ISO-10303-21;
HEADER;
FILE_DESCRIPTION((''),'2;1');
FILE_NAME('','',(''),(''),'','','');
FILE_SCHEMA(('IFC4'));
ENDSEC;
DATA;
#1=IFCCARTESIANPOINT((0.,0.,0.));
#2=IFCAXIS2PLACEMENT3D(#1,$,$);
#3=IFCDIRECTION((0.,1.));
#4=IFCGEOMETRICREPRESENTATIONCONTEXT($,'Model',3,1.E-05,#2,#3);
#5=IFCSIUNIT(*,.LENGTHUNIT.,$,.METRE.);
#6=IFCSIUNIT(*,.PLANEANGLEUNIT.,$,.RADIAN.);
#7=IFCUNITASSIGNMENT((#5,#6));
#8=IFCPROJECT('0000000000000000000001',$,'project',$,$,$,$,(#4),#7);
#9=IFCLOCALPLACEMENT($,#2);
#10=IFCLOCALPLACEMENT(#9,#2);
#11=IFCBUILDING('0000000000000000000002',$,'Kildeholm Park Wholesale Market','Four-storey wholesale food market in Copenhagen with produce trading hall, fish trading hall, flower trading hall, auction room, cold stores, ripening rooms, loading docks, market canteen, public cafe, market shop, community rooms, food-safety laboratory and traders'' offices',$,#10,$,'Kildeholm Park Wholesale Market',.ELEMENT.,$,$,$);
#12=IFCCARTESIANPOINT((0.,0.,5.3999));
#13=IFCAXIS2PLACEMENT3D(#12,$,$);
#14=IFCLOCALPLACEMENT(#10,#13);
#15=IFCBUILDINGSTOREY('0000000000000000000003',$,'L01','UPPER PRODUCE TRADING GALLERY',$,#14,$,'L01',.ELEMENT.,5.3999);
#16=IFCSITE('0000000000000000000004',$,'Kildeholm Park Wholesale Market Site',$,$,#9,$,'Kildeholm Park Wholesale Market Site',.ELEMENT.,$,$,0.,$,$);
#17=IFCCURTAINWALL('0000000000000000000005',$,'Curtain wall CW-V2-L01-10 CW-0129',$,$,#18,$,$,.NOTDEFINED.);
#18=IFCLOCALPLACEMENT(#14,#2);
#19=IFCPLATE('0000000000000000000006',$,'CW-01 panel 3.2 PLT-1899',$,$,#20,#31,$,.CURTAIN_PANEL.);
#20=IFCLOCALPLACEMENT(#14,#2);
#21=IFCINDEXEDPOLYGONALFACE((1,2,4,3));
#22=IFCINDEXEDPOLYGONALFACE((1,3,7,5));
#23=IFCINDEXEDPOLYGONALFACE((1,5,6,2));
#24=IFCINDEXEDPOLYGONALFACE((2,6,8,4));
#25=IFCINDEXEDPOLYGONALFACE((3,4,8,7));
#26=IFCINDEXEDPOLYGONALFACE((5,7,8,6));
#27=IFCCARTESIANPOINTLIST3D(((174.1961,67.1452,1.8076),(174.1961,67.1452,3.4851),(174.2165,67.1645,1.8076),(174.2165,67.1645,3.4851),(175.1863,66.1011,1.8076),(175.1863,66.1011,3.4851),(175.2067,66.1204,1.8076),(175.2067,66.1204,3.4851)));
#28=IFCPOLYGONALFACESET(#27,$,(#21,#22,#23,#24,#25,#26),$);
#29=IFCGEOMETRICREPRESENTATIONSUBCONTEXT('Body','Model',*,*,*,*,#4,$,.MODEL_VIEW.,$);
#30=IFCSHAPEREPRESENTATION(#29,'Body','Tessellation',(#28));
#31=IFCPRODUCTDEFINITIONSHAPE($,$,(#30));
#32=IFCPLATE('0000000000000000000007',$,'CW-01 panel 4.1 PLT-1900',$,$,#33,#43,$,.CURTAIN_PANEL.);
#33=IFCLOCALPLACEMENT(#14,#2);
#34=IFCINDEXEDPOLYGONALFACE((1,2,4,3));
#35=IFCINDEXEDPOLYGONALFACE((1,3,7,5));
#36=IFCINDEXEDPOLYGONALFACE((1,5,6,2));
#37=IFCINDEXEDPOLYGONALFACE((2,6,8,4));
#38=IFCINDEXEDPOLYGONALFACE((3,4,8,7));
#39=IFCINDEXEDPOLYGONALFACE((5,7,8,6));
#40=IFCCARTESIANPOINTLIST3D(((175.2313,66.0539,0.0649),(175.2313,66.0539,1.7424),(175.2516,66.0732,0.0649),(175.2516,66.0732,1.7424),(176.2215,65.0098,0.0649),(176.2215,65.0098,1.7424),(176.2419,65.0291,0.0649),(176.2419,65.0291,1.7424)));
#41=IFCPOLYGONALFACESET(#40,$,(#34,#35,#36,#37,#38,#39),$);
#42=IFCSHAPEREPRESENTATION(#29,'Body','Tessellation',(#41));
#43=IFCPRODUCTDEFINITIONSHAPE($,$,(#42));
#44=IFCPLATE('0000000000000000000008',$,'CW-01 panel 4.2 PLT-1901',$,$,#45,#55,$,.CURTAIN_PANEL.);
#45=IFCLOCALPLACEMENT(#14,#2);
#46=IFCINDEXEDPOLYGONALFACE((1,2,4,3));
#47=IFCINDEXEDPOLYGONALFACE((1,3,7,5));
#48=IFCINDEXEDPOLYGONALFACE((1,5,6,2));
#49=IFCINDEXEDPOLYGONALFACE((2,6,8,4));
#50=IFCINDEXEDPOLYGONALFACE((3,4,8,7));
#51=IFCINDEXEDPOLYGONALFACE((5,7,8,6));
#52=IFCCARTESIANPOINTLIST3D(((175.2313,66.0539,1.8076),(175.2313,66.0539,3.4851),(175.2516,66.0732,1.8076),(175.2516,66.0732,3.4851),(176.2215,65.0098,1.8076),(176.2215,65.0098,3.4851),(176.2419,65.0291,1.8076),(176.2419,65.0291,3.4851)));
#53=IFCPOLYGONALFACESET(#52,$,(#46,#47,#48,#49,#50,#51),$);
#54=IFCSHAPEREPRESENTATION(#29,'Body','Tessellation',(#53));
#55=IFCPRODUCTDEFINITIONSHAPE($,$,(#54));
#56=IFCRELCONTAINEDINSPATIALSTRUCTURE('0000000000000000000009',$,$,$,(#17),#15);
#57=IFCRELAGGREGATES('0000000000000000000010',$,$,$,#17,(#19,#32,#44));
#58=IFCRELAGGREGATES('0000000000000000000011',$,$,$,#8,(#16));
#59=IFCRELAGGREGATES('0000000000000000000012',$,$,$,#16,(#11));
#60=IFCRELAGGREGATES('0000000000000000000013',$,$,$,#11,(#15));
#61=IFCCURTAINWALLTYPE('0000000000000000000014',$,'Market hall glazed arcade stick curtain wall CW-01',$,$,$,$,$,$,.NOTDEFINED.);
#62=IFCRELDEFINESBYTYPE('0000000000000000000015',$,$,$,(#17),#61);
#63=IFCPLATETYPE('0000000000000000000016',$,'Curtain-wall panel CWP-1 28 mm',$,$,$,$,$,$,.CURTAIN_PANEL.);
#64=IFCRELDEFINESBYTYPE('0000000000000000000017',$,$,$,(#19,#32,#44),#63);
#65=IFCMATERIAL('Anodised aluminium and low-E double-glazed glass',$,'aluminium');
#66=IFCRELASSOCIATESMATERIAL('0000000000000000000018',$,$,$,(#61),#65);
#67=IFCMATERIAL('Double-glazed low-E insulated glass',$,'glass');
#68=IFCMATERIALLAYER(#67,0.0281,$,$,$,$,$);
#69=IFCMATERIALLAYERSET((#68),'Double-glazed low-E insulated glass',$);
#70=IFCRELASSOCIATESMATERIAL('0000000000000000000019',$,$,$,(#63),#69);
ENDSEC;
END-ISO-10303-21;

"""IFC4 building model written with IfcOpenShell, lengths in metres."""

from ifc_helpers import new_model, si_unit, direction, frame, origin, origin_2d, place, context, subcontext, project, spatial, rectangle, extrude, material, layer, layer_set, type_object, element, aggregate, save


model = new_model("IFC4")

# Units and contexts
model_context = context("Model", 3, precision=1e-05, world=origin(), true_north=direction((0.0, 1.0)))
body_context = subcontext(model_context, "Body", "Model", "MODEL_VIEW")
ifc_project = project(units=[si_unit("LENGTHUNIT", "METRE"), si_unit("PLANEANGLEUNIT", "RADIAN")], contexts=[model_context])

# Site, building, storey
site_placement = place(None, origin())
site = spatial("IfcSite", under=ifc_project, at=site_placement, Name="Kildeholm Park Wholesale Market Site", LongName="Kildeholm Park Wholesale Market Site", CompositionType="ELEMENT", RefElevation=0.0)
building_placement = place(site_placement, origin())
building = spatial("IfcBuilding", under=site, at=building_placement, Name="Kildeholm Park Wholesale Market", Description="Four-storey wholesale food market in Copenhagen with produce trading hall, fish trading hall, flower trading hall, auction room, cold stores, ripening rooms, loading docks, market canteen, public cafe, market shop, community rooms, food-safety laboratory and traders' offices", LongName="Kildeholm Park Wholesale Market", CompositionType="ELEMENT")
storey_placement = place(building_placement, frame((0.0, 0.0, 5.3999)))
storey = spatial("IfcBuildingStorey", under=building, at=storey_placement, Name="L01", Description="UPPER PRODUCE TRADING GALLERY", LongName="L01", CompositionType="ELEMENT", Elevation=5.3999)

# Curtain wall
ifc_material_1 = material(Name="Anodised aluminium and low-E double-glazed glass", Category="aluminium")
curtain_wall_type = type_object("IfcCurtainWallType", Name="Market hall glazed arcade stick curtain wall CW-01", PredefinedType="NOTDEFINED", material=ifc_material_1)
curtain_wall_1_placement = place(storey_placement, origin())
curtain_wall_1 = element("IfcCurtainWall", 1, at=curtain_wall_1_placement, inside=storey, type_object=curtain_wall_type, Name="Curtain wall CW-V2-L01-10 CW-0129", PredefinedType="NOTDEFINED")

# Plates
ifc_material_2 = material(Name="Double-glazed low-E insulated glass", Category="glass")
ifc_layer = layer(ifc_material_2, 0.0281)
ifc_layer_set = layer_set([ifc_layer], Name="Double-glazed low-E insulated glass")
plate_type = type_object("IfcPlateType", Name="Curtain-wall panel CWP-1 28 mm", PredefinedType="CURTAIN_PANEL", material=ifc_layer_set)
plate_1_placement = place(storey_placement, frame((174.7014, 66.6328, 1.8076), z_axis=(0.0, 0.0, 1.0), x_axis=(0.688148, -0.725571, 0.0)))
plate_1 = element("IfcPlate", 2, at=plate_1_placement, type_object=plate_type, Name="CW-01 panel 3.2 PLT-1899", PredefinedType="CURTAIN_PANEL", context=body_context, shape_type="SweptSolid", body=[
    extrude(rectangle(XDim=1.439, YDim=0.0281, at=origin_2d()), origin(), (0.0, 0.0, 1.0), 1.6775),
])
plate_2_placement = place(storey_placement, frame((175.7366, 65.5415, 0.0649), z_axis=(0.0, 0.0, 1.0), x_axis=(0.688148, -0.725571, 0.0)))
plate_2 = element("IfcPlate", 3, at=plate_2_placement, type_object=plate_type, Name="CW-01 panel 4.1 PLT-1900", PredefinedType="CURTAIN_PANEL", context=body_context, shape_type="SweptSolid", body=[
    extrude(rectangle(XDim=1.439, YDim=0.0281, at=origin_2d()), origin(), (0.0, 0.0, 1.0), 1.6775),
])
plate_3_placement = place(storey_placement, frame((175.7366, 65.5415, 1.8076), z_axis=(0.0, 0.0, 1.0), x_axis=(0.688148, -0.725571, 0.0)))
plate_3 = element("IfcPlate", 4, at=plate_3_placement, type_object=plate_type, Name="CW-01 panel 4.2 PLT-1901", PredefinedType="CURTAIN_PANEL", context=body_context, shape_type="SweptSolid", body=[
    extrude(rectangle(XDim=1.439, YDim=0.0281, at=origin_2d()), origin(), (0.0, 0.0, 1.0), 1.6775),
])
aggregate(curtain_wall_1, [plate_1, plate_2, plate_3])

save(model, "model.ifc")
